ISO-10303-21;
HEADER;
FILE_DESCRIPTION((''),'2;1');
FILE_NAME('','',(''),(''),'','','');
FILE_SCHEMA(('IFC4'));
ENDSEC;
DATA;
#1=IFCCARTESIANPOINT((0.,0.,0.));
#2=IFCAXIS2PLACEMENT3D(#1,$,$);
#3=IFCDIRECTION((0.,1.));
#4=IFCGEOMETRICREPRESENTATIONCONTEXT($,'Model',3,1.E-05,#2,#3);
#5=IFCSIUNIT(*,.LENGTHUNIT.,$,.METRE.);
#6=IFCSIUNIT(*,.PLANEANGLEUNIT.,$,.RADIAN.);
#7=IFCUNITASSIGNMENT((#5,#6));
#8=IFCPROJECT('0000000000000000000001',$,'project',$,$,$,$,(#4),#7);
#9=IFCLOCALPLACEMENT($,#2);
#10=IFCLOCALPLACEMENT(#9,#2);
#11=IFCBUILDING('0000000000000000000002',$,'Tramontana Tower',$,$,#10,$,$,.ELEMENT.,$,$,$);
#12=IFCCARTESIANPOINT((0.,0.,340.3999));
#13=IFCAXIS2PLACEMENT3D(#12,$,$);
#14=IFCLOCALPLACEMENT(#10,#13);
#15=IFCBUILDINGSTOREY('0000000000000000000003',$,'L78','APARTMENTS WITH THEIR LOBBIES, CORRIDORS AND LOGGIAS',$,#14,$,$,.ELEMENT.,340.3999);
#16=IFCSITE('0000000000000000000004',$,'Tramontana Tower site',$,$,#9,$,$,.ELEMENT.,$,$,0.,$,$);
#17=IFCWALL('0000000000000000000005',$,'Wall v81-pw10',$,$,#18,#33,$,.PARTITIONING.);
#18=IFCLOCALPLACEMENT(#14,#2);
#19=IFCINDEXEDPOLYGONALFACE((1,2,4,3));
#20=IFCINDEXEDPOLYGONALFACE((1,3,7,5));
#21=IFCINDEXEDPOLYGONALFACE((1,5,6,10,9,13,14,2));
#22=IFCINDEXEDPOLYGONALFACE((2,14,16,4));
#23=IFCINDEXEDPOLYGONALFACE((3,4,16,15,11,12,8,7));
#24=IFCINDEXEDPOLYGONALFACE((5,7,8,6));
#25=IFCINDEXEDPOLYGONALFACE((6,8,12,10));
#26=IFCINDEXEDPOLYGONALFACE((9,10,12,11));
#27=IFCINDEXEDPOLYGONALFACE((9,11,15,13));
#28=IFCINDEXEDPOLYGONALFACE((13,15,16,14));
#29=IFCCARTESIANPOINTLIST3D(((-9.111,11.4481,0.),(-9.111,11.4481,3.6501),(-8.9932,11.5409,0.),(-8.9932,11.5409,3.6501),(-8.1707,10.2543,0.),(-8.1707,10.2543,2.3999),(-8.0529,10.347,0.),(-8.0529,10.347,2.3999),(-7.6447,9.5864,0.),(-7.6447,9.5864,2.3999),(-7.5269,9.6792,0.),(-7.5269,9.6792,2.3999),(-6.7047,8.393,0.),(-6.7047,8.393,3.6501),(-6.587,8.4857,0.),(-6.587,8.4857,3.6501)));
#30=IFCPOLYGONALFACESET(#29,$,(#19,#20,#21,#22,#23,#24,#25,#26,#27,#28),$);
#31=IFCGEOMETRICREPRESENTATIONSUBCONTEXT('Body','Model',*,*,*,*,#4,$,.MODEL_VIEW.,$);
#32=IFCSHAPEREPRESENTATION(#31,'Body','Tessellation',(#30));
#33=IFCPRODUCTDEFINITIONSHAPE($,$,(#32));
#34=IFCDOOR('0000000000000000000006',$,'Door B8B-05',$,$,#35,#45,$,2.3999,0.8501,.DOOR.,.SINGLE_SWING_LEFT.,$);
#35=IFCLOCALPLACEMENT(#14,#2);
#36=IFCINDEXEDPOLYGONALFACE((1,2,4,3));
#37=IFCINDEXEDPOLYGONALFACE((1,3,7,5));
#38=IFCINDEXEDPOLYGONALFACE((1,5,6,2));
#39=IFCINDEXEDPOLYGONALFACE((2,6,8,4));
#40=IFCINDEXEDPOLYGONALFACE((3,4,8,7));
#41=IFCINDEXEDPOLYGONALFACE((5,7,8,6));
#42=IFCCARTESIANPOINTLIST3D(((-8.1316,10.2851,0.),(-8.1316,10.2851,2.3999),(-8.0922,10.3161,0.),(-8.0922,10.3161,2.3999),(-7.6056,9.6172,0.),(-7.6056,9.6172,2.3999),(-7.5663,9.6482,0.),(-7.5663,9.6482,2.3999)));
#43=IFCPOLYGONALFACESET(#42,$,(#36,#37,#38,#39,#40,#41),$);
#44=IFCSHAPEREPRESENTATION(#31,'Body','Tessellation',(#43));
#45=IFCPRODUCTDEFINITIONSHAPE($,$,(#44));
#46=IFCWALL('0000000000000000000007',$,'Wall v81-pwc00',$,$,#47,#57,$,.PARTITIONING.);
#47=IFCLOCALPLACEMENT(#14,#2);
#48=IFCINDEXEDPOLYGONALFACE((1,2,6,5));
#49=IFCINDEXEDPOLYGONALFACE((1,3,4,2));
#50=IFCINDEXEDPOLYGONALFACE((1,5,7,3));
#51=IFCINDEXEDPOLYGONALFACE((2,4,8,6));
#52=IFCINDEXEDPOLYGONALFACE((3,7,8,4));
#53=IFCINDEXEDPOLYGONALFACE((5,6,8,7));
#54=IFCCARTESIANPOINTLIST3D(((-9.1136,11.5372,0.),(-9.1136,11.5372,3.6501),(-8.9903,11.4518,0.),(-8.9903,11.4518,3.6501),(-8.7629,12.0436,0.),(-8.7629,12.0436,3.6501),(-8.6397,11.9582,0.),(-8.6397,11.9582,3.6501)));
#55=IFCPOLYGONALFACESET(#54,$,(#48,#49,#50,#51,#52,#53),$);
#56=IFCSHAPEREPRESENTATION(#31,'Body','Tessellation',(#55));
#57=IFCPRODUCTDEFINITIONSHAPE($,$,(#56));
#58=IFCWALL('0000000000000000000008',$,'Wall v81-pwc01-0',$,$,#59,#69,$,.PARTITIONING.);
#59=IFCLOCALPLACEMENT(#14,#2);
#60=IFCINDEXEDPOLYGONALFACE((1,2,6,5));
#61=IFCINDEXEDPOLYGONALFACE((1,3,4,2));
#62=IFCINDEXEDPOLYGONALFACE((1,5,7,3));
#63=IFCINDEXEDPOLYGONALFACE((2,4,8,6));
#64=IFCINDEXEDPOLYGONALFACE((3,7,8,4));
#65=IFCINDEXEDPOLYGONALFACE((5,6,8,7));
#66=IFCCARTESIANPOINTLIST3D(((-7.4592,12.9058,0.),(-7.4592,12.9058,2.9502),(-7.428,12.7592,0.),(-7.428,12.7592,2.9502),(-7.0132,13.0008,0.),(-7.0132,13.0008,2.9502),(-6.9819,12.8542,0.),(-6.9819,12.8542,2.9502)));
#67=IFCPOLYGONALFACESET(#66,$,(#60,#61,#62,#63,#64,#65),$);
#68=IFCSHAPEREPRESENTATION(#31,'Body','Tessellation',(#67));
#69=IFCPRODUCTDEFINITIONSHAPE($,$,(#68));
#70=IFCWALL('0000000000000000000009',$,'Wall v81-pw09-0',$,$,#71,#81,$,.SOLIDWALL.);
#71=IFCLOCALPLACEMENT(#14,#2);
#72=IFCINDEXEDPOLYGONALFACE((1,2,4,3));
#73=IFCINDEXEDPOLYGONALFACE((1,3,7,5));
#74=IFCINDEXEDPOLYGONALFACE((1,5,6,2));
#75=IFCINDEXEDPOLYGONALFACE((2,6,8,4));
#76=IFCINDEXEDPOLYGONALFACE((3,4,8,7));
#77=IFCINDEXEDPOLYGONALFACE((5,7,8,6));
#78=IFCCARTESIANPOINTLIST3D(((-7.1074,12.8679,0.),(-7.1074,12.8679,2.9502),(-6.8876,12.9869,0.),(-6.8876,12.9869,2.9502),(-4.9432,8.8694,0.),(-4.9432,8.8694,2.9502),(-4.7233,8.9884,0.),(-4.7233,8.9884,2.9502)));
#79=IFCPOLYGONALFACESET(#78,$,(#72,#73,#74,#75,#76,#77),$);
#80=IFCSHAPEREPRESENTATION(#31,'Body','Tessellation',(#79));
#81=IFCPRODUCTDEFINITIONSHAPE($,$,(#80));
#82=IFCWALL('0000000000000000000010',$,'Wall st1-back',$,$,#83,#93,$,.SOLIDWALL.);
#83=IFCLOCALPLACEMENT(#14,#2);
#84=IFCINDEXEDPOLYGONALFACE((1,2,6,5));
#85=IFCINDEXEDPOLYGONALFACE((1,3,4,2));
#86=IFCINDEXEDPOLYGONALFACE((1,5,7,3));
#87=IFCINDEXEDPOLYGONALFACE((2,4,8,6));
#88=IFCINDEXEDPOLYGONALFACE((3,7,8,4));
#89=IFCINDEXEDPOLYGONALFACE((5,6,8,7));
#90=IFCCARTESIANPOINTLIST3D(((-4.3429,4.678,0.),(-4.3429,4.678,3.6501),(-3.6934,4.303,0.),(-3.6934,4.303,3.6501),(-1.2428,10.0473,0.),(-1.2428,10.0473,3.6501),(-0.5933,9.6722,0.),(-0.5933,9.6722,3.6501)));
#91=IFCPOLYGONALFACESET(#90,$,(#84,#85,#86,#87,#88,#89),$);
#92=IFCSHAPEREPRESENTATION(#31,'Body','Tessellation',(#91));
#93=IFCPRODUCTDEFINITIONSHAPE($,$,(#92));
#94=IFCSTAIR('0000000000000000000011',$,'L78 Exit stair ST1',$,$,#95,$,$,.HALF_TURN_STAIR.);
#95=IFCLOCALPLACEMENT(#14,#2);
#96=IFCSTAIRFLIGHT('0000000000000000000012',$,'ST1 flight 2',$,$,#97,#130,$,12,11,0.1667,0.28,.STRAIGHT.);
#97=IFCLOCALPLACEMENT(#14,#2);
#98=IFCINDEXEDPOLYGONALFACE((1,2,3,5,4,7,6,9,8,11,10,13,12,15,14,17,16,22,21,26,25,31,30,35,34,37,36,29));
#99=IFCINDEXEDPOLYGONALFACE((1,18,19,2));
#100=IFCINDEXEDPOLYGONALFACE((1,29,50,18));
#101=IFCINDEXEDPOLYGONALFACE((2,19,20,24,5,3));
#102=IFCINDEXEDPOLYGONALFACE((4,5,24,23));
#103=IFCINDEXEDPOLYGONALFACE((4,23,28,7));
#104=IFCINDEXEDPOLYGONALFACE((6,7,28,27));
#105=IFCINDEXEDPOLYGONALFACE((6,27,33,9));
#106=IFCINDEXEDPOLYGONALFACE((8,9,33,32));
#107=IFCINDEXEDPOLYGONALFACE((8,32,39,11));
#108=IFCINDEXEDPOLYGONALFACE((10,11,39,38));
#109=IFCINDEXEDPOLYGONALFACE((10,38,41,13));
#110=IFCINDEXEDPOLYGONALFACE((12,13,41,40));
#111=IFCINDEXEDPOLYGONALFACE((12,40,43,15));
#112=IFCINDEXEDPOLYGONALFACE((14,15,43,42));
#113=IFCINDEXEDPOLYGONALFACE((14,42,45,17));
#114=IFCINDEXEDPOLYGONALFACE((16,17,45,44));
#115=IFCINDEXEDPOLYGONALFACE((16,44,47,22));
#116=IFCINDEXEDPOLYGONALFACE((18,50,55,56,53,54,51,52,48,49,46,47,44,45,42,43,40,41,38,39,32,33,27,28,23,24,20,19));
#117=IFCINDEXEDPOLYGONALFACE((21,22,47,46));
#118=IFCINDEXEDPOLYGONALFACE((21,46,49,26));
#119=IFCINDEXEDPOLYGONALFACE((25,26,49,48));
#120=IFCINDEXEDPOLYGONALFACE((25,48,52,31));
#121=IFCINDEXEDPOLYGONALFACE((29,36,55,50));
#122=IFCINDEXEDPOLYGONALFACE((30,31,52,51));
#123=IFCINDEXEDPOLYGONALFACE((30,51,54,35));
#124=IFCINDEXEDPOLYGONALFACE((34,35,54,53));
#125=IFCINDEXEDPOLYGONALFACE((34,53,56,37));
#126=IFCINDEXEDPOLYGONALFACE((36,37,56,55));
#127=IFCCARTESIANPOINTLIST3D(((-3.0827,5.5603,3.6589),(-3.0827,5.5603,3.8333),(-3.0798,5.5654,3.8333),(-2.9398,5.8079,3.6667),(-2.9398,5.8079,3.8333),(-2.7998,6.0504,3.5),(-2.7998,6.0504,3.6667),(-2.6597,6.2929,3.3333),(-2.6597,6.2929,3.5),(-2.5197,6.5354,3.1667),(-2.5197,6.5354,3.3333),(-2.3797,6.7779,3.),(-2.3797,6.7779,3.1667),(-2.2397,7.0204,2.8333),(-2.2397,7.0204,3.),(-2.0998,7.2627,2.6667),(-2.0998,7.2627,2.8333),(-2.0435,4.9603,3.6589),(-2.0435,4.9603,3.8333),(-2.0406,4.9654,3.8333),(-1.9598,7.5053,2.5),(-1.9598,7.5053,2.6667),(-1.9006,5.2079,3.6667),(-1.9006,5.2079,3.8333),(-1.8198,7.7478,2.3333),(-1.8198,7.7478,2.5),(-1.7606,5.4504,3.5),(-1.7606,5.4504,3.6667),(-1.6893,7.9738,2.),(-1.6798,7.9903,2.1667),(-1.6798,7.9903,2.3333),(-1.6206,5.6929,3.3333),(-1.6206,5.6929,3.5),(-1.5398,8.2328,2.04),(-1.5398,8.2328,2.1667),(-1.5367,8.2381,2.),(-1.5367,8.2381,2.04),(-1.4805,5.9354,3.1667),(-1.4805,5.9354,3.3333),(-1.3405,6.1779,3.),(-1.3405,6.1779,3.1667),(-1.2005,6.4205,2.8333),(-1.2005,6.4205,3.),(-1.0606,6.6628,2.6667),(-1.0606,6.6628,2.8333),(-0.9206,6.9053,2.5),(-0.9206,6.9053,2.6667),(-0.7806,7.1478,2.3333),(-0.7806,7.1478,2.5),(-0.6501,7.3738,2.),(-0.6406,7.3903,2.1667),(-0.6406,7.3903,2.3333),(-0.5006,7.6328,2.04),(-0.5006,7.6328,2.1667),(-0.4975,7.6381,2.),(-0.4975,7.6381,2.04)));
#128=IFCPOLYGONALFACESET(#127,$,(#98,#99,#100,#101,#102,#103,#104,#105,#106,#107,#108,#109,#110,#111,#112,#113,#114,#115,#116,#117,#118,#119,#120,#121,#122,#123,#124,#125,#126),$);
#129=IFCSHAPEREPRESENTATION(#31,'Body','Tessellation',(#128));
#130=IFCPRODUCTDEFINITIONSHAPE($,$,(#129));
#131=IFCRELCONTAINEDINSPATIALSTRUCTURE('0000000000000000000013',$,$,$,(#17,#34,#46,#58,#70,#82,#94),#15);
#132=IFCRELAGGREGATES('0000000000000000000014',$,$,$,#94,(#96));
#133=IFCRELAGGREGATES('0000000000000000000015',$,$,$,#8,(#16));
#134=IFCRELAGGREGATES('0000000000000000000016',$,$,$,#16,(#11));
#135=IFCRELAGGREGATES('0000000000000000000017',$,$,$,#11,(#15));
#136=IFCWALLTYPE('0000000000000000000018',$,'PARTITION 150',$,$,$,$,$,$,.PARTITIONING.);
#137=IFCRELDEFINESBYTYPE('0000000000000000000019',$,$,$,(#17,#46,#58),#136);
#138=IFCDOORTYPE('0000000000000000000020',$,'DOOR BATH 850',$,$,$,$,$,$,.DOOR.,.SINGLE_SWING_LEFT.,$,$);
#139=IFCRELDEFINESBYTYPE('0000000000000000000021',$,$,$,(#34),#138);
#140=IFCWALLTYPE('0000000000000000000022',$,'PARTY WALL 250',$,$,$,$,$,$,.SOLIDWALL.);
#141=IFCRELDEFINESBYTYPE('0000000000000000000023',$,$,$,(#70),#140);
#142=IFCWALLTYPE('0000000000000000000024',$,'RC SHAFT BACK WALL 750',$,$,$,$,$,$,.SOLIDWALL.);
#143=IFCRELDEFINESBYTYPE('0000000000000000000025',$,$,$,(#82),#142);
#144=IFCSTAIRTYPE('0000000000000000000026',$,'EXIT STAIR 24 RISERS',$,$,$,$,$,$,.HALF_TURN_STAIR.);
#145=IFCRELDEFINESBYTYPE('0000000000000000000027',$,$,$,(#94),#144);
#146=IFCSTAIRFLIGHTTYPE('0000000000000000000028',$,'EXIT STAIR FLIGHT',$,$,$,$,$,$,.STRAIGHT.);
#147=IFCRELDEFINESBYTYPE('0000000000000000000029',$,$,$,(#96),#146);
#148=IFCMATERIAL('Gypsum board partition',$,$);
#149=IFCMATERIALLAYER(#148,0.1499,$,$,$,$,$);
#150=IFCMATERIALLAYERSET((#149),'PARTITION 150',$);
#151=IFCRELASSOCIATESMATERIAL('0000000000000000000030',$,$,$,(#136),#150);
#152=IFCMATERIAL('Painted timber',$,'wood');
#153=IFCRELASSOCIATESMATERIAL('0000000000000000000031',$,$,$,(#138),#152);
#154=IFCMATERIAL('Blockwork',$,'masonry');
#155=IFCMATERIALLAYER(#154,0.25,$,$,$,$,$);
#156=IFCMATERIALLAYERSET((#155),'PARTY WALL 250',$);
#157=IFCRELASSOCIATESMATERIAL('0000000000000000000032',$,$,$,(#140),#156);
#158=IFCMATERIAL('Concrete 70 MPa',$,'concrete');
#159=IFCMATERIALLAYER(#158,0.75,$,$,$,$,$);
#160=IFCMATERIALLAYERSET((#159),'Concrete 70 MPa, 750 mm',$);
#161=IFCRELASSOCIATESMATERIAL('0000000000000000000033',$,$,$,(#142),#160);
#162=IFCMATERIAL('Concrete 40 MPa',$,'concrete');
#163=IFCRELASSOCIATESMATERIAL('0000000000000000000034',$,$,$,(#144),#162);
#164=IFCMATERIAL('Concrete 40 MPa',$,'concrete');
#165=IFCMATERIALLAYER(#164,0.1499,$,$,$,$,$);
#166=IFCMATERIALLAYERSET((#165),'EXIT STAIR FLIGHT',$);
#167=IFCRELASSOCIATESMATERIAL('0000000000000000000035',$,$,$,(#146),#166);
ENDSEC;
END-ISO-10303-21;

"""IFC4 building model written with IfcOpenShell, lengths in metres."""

from ifc_helpers import new_model, si_unit, direction, frame, frame_2d, origin, place, context, subcontext, project, spatial, polyline, rectangle, outline, extrude, material, layer, layer_set, type_object, element, fill, aggregate, save


model = new_model("IFC4")

# Units and contexts
model_context = context("Model", 3, precision=1e-05, world=origin(), true_north=direction((0.0, 1.0)))
body_context = subcontext(model_context, "Body", "Model", "MODEL_VIEW")
ifc_project = project(units=[si_unit("LENGTHUNIT", "METRE"), si_unit("PLANEANGLEUNIT", "RADIAN")], contexts=[model_context])

# Site, building, storey
site_placement = place(None, origin())
site = spatial("IfcSite", under=ifc_project, at=site_placement, Name="Tramontana Tower site", CompositionType="ELEMENT", RefElevation=0.0)
building_placement = place(site_placement, origin())
building = spatial("IfcBuilding", under=site, at=building_placement, Name="Tramontana Tower", CompositionType="ELEMENT")
storey_placement = place(building_placement, frame((0.0, 0.0, 340.3999)))
storey = spatial("IfcBuildingStorey", under=building, at=storey_placement, Name="L78", Description="APARTMENTS WITH THEIR LOBBIES, CORRIDORS AND LOGGIAS", CompositionType="ELEMENT", Elevation=340.3999)

# Shared definitions
ifc_material_1 = material(Name="Gypsum board partition")
ifc_layer_1 = layer(ifc_material_1, 0.1499)
ifc_layer_set_1 = layer_set([ifc_layer_1], Name="PARTITION 150")
wall_type_1 = type_object("IfcWallType", Name="PARTITION 150", PredefinedType="PARTITIONING", material=ifc_layer_set_1)

# Wall, opening, door
wall_1_placement = place(storey_placement, frame((-9.052, 11.4944, 0.0), z_axis=(0.0, 0.0, 1.0), x_axis=(0.618736, -0.785599, 0.0)))
wall_1 = element("IfcWall", 1, at=wall_1_placement, inside=storey, type_object=wall_type_1, Name="Wall v81-pw10", PredefinedType="PARTITIONING", context=body_context, shape_type="SweptSolid", body=[
    extrude(rectangle(XDim=3.8889, YDim=0.1499, at=frame_2d((1.9443, 0.0))), origin(), (0.0, 0.0, 1.0), 3.6501),
])
opening_1_placement = place(wall_1_placement, frame((1.5195, 0.0, 0.0)))
opening_1 = element("IfcOpeningElement", 2, at=opening_1_placement, cuts=wall_1, PredefinedType="OPENING", context=body_context, shape_type="SweptSolid", body=[
    extrude(rectangle(XDim=0.8501, YDim=2.3999, at=frame_2d((0.425, 1.2))), frame((0.0, 0.085, 0.0), z_axis=(0.0, -1.0, 0.0), x_axis=(1.0, 0.0, 0.0)), (0.0, 0.0, 1.0), 0.1699),
])
ifc_material_2 = material(Name="Painted timber", Category="wood")
door_type_1 = type_object("IfcDoorType", Name="DOOR BATH 850", OperationType="SINGLE_SWING_LEFT", PredefinedType="DOOR", material=ifc_material_2)
door_1_placement = place(opening_1_placement, origin())
door_1 = element("IfcDoor", 3, at=door_1_placement, inside=storey, type_object=door_type_1, Name="Door B8B-05", OperationType="SINGLE_SWING_LEFT", OverallHeight=2.3999, OverallWidth=0.8501, PredefinedType="DOOR", context=body_context, shape_type="SweptSolid", body=[
    extrude(rectangle(XDim=0.8501, YDim=2.3999, at=frame_2d((0.425, 1.2))), frame((0.0, 0.0249, 0.0), z_axis=(0.0, -1.0, 0.0), x_axis=(1.0, 0.0, 0.0)), (0.0, 0.0, 1.0), 0.05),
])
fill(opening_1, door_1)

# Walls
wall_2_placement = place(storey_placement, frame((-9.052, 11.4944, 0.0), z_axis=(0.0, 0.0, 1.0), x_axis=(0.569251, 0.822164, 0.0)))
element("IfcWall", 4, at=wall_2_placement, inside=storey, type_object=wall_type_1, Name="Wall v81-pwc00", PredefinedType="PARTITIONING", context=body_context, shape_type="SweptSolid", body=[
    extrude(rectangle(XDim=0.616, YDim=0.1499, at=frame_2d((0.3081, 0.0))), origin(), (0.0, 0.0, 1.0), 3.6501),
])
wall_3_placement = place(storey_placement, frame((-7.4436, 12.8325, 0.0), z_axis=(0.0, 0.0, 1.0), x_axis=(0.978076, 0.208249, 0.0)))
element("IfcWall", 5, at=wall_3_placement, inside=storey, type_object=wall_type_1, Name="Wall v81-pwc01-0", PredefinedType="PARTITIONING", context=body_context, shape_type="SweptSolid", body=[
    extrude(rectangle(XDim=0.4561, YDim=0.1499, at=frame_2d((0.228, 0.0))), origin(), (0.0, 0.0, 1.0), 2.9502),
])
ifc_material_3 = material(Name="Blockwork", Category="masonry")
ifc_layer_2 = layer(ifc_material_3, 0.25)
ifc_layer_set_2 = layer_set([ifc_layer_2], Name="PARTY WALL 250")
wall_type_2 = type_object("IfcWallType", Name="PARTY WALL 250", PredefinedType="SOLIDWALL", material=ifc_layer_set_2)
wall_4_placement = place(storey_placement, frame((-6.9976, 12.9275, 0.0), z_axis=(0.0, 0.0, 1.0), x_axis=(0.476017, -0.879436, 0.0)))
element("IfcWall", 6, at=wall_4_placement, inside=storey, type_object=wall_type_2, Name="Wall v81-pw09-0", PredefinedType="SOLIDWALL", context=body_context, shape_type="SweptSolid", body=[
    extrude(rectangle(XDim=4.5466, YDim=0.25, at=frame_2d((2.2734, 0.0))), origin(), (0.0, 0.0, 1.0), 2.9502),
])
ifc_material_4 = material(Name="Concrete 70 MPa", Category="concrete")
ifc_layer_3 = layer(ifc_material_4, 0.75)
ifc_layer_set_3 = layer_set([ifc_layer_3], Name="Concrete 70 MPa, 750 mm")
wall_type_3 = type_object("IfcWallType", Name="RC SHAFT BACK WALL 750", PredefinedType="SOLIDWALL", material=ifc_layer_set_3)
wall_5_placement = place(storey_placement, frame((-0.918, 9.8599, 0.0), z_axis=(0.0, 0.0, 1.0), x_axis=(-0.500027, -0.86601, 0.0)))
element("IfcWall", 7, at=wall_5_placement, inside=storey, type_object=wall_type_3, Name="Wall st1-back", PredefinedType="SOLIDWALL", context=body_context, shape_type="SweptSolid", body=[
    extrude(rectangle(XDim=6.2, YDim=0.75, at=frame_2d((3.1001, 0.0))), origin(), (0.0, 0.0, 1.0), 3.6501),
])

# Stair, stair flight
ifc_material_5 = material(Name="Concrete 40 MPa", Category="concrete")
stair_type = type_object("IfcStairType", Name="EXIT STAIR 24 RISERS", PredefinedType="HALF_TURN_STAIR", material=ifc_material_5)
stair_placement = place(storey_placement, origin())
stair = element("IfcStair", 8, at=stair_placement, inside=storey, type_object=stair_type, Name="L78 Exit stair ST1", PredefinedType="HALF_TURN_STAIR")
ifc_material_6 = material(Name="Concrete 40 MPa", Category="concrete")
ifc_layer_4 = layer(ifc_material_6, 0.1499)
ifc_layer_set_4 = layer_set([ifc_layer_4], Name="EXIT STAIR FLIGHT")
stair_flight_type = type_object("IfcStairFlightType", Name="EXIT STAIR FLIGHT", PredefinedType="STRAIGHT", material=ifc_layer_set_4)
stair_flight_placement = place(storey_placement, frame((-1.0203, 7.9329, 2.0), z_axis=(0.0, 0.0, 1.0), x_axis=(-0.5, -0.866025, 0.0)))
stair_flight = element("IfcStairFlight", 9, at=stair_flight_placement, type_object=stair_flight_type, Name="ST1 flight 2", NumberOfRisers=12, NumberOfTreads=11, PredefinedType="STRAIGHT", RiserHeight=0.1667, TreadLength=0.28, context=body_context, shape_type="SweptSolid", body=[
    extrude(outline(polyline([(-0.0061, 0.0), (-0.0061, 0.04), (0.0, 0.04), (0.0, 0.1667), (0.28, 0.1667), (0.28, 0.3333), (0.5601, 0.3333), (0.5601, 0.5), (0.8401, 0.5), (0.8401, 0.6667), (1.1201, 0.6667), (1.1201, 0.8333), (1.3999, 0.8333), (1.3999, 1.0), (1.6799, 1.0), (1.6799, 1.1667), (1.96, 1.1667), (1.96, 1.3333), (2.24, 1.3333), (2.24, 1.5), (2.52, 1.5), (2.52, 1.6667), (2.8, 1.6667), (2.8, 1.8333), (3.0801, 1.8333), (3.0859, 1.8333), (3.0859, 1.6589), (0.2991, 0.0), (-0.0061, 0.0)])), frame((0.0, 0.6001, 0.0), z_axis=(0.0, -1.0, 0.0), x_axis=(1.0, 0.0, 0.0)), (0.0, 0.0, 1.0), 1.2),
])
aggregate(stair, [stair_flight])

save(model, "model.ifc")
